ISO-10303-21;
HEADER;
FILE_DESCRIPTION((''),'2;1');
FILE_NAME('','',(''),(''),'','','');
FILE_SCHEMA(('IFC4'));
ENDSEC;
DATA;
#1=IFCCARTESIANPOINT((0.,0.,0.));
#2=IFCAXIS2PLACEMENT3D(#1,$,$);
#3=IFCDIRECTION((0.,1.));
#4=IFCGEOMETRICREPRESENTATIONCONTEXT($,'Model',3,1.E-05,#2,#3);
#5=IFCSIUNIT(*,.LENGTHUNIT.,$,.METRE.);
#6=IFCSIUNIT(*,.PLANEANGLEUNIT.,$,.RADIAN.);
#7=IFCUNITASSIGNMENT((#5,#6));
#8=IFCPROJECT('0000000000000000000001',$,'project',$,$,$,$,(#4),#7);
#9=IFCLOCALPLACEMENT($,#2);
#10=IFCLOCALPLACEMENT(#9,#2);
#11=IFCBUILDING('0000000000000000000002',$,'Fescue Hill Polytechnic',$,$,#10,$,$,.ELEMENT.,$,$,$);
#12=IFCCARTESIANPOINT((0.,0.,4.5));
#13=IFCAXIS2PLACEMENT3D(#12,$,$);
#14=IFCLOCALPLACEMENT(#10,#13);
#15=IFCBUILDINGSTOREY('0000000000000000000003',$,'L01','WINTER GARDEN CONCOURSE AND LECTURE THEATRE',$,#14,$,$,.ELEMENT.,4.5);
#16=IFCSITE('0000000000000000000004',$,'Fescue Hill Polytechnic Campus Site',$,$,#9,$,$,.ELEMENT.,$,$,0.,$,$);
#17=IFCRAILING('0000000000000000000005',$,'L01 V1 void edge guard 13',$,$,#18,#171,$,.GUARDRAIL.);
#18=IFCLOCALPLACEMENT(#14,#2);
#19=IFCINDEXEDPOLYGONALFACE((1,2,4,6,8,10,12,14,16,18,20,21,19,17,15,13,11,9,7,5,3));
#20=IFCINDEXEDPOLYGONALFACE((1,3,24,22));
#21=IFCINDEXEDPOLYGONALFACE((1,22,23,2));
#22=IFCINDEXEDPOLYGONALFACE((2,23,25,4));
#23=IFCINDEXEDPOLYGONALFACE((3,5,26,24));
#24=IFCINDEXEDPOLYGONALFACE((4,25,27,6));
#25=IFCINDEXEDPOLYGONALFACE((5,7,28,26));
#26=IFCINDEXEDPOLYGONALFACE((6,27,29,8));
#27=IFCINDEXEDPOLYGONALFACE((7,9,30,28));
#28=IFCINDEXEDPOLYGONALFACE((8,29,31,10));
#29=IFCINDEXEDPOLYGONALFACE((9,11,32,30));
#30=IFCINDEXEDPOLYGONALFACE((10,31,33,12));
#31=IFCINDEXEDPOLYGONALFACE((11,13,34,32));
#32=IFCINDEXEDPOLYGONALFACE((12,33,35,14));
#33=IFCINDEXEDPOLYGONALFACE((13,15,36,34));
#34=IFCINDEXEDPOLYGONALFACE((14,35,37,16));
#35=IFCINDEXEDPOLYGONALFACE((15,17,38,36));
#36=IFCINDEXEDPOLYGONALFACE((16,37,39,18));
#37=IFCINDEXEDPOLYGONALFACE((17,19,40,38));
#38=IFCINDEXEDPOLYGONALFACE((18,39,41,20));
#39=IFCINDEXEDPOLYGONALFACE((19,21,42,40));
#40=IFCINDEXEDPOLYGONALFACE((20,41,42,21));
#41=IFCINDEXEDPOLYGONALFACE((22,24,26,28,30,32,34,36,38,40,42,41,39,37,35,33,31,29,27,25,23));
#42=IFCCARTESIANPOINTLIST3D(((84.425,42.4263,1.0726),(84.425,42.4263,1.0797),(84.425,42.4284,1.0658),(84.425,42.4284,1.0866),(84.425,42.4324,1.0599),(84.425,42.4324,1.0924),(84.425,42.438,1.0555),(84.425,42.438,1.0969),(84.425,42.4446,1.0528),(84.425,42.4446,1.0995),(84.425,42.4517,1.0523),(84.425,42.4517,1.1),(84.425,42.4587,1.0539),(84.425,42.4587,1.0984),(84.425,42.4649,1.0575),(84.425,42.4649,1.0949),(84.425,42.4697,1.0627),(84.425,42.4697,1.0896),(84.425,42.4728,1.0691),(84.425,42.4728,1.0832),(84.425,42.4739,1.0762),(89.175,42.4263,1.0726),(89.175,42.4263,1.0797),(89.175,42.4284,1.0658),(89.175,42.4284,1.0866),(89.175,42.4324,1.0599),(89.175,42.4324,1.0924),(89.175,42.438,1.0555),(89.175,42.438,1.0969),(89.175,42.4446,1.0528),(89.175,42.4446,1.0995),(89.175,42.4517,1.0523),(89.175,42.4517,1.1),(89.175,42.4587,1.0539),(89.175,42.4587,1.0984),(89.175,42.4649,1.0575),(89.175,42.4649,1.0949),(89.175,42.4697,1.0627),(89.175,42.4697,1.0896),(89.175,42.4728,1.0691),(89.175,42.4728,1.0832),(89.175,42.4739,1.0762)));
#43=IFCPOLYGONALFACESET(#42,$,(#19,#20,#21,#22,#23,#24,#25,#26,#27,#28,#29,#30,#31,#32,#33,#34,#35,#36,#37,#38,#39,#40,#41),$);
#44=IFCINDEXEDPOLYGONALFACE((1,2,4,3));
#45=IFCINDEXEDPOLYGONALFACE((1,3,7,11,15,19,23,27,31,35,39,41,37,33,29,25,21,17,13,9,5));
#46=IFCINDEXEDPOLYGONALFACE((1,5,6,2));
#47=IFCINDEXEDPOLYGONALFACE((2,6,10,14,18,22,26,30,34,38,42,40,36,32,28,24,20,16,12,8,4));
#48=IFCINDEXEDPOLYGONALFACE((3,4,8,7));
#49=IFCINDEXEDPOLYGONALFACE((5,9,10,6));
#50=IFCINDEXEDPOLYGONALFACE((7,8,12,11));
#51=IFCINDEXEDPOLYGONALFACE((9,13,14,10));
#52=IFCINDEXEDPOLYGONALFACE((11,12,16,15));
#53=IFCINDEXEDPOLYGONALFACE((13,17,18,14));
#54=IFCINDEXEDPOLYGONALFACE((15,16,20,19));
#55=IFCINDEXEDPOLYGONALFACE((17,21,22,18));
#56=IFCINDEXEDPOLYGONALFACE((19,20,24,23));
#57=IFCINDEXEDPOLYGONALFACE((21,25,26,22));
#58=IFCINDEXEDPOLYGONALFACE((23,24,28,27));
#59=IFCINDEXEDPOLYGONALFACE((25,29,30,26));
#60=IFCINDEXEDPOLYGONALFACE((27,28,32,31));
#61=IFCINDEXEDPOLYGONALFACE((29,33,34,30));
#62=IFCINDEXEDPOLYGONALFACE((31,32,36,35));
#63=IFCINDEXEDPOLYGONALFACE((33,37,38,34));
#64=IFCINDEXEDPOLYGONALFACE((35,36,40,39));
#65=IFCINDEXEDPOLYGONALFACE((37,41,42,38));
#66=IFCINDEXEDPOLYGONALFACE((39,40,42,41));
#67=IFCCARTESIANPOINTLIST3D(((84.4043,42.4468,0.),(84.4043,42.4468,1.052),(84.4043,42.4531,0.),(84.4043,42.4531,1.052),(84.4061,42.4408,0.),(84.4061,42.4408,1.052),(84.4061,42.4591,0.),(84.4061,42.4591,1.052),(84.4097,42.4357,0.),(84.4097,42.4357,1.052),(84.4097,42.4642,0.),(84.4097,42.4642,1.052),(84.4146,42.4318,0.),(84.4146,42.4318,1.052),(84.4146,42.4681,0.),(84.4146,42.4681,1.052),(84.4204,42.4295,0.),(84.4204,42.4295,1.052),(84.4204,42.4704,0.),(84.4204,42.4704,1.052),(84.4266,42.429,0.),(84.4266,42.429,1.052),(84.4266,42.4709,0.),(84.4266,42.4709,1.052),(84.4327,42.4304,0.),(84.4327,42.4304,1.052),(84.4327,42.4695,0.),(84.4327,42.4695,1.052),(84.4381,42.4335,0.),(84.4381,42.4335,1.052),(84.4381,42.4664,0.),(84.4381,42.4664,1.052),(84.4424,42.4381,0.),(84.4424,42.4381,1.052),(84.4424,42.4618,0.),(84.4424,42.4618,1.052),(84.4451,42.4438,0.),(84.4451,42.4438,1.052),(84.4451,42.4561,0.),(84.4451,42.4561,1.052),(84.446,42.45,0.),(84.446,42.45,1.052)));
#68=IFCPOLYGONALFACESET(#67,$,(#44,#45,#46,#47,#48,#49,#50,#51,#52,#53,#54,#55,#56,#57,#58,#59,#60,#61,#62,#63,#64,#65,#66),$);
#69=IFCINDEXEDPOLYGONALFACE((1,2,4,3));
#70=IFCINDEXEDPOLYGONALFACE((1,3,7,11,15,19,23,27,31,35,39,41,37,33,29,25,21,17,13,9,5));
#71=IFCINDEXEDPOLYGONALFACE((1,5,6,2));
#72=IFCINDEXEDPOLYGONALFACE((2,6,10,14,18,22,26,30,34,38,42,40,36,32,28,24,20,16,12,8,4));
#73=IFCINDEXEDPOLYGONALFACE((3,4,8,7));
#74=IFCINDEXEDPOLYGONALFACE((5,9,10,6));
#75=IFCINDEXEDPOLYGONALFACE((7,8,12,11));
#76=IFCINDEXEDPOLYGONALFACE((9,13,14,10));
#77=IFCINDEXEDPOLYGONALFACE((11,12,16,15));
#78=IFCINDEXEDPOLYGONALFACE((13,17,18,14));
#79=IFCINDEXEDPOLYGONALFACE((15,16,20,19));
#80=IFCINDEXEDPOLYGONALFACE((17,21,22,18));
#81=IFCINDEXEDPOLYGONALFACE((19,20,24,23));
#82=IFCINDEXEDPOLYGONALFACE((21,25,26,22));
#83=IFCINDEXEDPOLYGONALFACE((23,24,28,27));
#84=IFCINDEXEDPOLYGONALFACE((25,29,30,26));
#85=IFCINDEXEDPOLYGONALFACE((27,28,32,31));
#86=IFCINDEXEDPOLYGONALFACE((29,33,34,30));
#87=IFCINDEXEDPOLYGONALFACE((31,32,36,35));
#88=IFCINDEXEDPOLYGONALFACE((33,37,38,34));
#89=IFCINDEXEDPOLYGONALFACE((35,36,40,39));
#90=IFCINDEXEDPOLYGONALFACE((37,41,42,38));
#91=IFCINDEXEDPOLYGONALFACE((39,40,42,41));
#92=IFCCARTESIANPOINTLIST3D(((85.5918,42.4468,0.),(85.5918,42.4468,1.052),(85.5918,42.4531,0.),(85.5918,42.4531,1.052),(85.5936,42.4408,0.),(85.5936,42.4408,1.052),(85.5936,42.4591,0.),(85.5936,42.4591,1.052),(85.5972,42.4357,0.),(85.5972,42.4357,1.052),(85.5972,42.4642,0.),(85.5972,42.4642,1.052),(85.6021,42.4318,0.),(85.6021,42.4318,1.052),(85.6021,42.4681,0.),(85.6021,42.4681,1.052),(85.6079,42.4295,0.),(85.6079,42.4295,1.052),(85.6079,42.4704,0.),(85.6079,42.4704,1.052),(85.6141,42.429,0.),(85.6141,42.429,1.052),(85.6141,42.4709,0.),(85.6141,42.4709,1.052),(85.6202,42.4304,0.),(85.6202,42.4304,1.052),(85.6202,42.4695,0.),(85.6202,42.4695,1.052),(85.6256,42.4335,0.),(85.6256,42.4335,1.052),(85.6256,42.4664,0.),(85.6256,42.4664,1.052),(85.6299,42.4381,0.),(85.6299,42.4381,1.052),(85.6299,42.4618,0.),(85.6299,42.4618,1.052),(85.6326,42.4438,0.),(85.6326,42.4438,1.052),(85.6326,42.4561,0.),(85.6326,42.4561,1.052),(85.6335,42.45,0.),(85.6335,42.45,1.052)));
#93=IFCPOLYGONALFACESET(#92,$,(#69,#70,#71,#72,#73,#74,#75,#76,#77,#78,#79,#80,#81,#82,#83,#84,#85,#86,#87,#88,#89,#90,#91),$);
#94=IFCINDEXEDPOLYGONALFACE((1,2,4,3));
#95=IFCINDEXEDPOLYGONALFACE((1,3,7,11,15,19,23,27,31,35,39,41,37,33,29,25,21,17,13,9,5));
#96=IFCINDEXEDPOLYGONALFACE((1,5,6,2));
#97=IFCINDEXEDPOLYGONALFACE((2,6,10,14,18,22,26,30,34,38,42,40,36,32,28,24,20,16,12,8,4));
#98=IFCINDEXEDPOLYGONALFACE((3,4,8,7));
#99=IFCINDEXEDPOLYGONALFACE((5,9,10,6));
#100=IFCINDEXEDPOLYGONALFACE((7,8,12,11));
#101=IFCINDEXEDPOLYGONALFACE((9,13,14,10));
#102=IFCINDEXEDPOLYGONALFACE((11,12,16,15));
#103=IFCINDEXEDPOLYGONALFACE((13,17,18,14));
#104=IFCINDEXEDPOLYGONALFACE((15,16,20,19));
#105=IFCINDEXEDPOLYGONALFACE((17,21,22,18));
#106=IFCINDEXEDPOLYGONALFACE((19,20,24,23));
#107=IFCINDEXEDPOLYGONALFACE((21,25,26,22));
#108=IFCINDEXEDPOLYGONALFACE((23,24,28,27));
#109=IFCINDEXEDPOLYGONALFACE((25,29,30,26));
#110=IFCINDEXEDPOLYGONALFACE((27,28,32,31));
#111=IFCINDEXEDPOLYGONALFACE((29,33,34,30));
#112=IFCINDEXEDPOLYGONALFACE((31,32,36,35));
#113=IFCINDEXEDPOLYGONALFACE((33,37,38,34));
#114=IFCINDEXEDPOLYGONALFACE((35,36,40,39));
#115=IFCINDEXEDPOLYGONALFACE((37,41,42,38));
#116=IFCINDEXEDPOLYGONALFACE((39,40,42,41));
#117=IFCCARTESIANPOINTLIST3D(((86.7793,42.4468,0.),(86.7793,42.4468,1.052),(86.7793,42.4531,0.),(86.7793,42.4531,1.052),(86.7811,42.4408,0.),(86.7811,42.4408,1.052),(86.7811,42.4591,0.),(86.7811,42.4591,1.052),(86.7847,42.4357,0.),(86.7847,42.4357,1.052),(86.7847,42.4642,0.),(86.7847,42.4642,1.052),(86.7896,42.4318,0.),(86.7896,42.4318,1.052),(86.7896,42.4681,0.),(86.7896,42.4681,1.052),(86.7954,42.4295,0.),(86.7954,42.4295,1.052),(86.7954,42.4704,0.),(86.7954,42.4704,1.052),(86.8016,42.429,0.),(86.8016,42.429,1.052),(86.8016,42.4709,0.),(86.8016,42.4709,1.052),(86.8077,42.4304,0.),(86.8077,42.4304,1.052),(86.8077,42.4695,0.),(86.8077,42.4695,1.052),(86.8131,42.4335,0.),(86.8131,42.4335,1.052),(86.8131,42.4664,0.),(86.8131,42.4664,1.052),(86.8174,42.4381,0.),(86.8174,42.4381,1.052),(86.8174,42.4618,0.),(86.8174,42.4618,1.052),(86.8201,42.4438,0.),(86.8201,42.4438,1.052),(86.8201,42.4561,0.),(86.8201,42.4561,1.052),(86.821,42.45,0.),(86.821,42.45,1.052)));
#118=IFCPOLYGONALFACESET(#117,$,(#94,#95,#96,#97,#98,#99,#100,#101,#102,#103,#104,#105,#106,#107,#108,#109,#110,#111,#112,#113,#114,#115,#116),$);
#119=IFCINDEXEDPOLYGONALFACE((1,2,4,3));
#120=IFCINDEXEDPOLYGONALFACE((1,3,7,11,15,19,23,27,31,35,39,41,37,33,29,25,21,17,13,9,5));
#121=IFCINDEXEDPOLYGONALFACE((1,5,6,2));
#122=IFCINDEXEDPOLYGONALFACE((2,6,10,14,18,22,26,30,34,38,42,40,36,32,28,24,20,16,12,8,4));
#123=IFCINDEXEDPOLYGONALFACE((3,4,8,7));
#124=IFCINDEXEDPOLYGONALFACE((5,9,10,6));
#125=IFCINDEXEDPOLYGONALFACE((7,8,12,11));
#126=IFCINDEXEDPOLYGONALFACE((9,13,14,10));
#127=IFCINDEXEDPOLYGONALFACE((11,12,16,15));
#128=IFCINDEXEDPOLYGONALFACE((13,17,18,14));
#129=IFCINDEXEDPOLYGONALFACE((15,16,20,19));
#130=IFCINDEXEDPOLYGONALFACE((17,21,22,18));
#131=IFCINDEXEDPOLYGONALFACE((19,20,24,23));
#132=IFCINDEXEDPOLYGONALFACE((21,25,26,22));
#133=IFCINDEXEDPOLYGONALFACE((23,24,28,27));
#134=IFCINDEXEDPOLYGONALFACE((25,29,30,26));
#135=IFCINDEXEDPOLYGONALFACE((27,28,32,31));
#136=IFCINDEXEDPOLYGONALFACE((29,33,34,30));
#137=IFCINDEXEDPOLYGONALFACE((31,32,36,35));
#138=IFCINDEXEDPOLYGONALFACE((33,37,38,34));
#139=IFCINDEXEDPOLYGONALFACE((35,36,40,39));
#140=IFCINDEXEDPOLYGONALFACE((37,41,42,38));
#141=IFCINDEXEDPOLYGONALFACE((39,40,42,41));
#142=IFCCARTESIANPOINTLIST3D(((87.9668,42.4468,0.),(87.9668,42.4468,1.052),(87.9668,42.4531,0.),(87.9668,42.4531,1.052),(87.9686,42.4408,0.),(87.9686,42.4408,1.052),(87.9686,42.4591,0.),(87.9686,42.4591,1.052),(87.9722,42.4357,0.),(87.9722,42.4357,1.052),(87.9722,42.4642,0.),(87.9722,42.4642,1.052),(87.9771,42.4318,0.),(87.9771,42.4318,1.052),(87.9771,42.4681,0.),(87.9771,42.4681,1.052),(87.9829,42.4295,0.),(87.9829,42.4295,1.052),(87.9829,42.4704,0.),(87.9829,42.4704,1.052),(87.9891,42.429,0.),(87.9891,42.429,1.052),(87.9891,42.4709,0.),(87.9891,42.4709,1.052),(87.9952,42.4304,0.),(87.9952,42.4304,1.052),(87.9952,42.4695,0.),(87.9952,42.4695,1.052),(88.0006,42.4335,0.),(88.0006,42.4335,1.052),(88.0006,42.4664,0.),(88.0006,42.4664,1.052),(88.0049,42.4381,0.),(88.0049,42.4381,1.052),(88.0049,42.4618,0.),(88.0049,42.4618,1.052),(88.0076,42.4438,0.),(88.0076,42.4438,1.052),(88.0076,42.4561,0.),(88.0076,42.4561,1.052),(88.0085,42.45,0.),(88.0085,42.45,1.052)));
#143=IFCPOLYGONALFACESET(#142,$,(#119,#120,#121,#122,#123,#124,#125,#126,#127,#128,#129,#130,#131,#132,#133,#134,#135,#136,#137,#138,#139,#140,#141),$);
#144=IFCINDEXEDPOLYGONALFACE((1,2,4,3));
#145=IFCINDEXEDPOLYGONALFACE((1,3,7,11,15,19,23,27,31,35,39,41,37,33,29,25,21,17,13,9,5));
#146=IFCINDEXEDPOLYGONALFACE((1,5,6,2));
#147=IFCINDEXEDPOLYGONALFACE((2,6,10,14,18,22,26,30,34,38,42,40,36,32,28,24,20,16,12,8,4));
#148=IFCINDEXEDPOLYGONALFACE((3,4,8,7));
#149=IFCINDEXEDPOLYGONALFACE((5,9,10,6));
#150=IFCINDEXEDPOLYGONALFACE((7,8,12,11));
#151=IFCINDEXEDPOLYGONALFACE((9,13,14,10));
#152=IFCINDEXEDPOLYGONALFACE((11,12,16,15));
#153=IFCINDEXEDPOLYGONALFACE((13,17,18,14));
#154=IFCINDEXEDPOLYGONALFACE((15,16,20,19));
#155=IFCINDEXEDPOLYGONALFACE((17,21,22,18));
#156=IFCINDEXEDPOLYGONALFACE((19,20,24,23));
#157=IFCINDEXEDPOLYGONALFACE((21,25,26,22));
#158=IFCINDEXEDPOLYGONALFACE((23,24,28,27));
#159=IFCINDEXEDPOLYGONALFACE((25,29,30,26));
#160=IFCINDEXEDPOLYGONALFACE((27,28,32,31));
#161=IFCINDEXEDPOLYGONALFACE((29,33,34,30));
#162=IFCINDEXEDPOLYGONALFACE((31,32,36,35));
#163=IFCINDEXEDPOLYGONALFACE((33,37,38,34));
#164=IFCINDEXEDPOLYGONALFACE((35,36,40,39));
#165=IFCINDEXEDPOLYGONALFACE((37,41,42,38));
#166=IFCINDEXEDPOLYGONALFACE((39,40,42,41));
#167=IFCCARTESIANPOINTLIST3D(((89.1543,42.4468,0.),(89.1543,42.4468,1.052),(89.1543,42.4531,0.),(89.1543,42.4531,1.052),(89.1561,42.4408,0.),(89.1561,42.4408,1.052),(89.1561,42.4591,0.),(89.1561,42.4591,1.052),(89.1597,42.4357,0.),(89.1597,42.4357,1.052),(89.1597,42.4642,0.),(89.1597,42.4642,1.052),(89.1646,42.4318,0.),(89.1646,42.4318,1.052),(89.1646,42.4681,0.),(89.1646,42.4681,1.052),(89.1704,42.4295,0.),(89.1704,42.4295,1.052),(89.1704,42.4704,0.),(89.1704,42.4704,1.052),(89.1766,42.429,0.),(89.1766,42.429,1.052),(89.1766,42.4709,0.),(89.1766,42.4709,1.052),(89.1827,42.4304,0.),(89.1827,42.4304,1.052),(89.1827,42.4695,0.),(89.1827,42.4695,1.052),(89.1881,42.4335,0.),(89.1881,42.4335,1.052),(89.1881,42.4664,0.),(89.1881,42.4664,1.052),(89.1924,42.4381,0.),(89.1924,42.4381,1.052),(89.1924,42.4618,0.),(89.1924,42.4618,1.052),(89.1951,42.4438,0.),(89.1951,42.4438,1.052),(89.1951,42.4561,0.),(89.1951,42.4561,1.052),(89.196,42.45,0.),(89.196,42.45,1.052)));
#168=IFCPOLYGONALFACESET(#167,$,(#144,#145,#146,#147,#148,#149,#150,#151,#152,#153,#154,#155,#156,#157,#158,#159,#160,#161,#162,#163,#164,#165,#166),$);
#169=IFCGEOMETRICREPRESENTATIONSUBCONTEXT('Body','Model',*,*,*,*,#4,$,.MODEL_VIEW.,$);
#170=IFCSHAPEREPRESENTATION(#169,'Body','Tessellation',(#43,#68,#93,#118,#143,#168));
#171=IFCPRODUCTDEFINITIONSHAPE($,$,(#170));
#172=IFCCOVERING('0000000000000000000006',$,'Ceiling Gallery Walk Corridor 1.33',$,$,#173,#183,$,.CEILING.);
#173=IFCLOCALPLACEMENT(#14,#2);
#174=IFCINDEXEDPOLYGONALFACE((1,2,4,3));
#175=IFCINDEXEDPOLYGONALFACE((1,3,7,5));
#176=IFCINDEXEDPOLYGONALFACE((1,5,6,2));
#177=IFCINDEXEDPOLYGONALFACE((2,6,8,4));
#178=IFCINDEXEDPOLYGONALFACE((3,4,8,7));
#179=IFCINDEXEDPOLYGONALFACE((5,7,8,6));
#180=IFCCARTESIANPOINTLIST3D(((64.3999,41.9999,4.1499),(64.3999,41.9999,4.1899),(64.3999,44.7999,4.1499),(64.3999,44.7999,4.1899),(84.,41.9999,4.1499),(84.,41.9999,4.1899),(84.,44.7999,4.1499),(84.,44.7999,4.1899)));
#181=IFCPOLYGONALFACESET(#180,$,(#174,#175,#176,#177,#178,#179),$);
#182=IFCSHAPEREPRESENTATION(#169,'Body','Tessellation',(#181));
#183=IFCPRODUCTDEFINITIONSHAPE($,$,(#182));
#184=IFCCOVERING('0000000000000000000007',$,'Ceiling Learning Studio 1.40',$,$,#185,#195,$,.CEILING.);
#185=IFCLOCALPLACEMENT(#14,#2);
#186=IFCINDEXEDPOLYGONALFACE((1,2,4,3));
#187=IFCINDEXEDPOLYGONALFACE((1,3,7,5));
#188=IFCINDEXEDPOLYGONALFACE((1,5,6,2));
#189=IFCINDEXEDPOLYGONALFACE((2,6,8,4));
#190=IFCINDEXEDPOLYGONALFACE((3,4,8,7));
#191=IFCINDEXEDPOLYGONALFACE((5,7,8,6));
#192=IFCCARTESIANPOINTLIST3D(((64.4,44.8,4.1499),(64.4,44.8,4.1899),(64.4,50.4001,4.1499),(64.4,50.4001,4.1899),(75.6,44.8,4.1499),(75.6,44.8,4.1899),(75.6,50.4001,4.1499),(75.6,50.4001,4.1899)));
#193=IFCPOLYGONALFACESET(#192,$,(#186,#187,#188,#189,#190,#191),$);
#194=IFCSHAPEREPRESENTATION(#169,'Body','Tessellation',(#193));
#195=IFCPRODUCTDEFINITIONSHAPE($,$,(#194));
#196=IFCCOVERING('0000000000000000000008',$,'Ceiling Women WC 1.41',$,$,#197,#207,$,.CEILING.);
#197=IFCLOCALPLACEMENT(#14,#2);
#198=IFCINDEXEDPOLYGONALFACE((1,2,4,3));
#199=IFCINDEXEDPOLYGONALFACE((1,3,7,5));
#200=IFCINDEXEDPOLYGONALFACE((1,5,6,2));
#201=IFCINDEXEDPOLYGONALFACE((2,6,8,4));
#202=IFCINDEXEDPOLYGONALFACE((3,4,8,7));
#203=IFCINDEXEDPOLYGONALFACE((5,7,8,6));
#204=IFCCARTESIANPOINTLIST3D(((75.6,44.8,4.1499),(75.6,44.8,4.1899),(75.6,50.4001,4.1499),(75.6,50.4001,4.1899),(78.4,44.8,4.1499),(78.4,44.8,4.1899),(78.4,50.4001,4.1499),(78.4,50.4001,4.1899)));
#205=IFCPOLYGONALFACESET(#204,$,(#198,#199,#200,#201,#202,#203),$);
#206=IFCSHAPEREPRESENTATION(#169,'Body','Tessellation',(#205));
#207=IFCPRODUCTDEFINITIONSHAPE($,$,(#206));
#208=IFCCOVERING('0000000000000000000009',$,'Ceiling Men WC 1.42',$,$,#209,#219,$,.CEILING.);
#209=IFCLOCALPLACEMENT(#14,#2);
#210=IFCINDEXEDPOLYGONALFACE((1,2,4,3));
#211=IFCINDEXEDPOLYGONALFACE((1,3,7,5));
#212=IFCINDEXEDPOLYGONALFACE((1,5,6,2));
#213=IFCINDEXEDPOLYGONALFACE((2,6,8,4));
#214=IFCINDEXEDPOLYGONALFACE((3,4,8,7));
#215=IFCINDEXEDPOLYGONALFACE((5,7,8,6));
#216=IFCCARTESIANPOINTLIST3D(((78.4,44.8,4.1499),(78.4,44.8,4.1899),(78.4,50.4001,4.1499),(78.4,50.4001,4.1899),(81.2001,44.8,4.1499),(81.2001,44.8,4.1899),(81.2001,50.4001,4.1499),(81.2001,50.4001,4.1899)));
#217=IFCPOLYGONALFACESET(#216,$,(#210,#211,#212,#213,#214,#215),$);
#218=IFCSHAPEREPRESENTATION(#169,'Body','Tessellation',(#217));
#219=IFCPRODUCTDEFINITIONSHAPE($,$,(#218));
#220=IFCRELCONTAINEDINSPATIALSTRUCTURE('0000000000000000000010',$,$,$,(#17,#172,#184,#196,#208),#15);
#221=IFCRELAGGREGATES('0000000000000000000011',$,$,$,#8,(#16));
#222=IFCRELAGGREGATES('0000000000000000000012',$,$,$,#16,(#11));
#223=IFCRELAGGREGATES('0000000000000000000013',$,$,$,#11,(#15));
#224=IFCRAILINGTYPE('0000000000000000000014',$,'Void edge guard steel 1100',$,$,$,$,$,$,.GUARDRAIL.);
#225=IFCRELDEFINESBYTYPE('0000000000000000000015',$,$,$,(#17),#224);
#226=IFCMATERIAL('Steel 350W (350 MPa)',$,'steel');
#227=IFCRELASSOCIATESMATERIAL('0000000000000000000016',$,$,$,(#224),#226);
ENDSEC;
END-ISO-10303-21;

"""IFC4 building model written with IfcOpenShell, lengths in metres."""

from ifc_helpers import new_model, si_unit, direction, frame, origin, origin_2d, place, context, subcontext, project, spatial, rectangle, circle, extrude, material, type_object, element, save


model = new_model("IFC4")

# Units and contexts
model_context = context("Model", 3, precision=1e-05, world=origin(), true_north=direction((0.0, 1.0)))
body_context = subcontext(model_context, "Body", "Model", "MODEL_VIEW")
ifc_project = project(units=[si_unit("LENGTHUNIT", "METRE"), si_unit("PLANEANGLEUNIT", "RADIAN")], contexts=[model_context])

# Site, building, storey
site_placement = place(None, origin())
site = spatial("IfcSite", under=ifc_project, at=site_placement, Name="Fescue Hill Polytechnic Campus Site", CompositionType="ELEMENT", RefElevation=0.0)
building_placement = place(site_placement, origin())
building = spatial("IfcBuilding", under=site, at=building_placement, Name="Fescue Hill Polytechnic", CompositionType="ELEMENT")
storey_placement = place(building_placement, frame((0.0, 0.0, 4.5)))
storey = spatial("IfcBuildingStorey", under=building, at=storey_placement, Name="L01", Description="WINTER GARDEN CONCOURSE AND LECTURE THEATRE", CompositionType="ELEMENT", Elevation=4.5)

# Shared definitions
ifc_material_1 = material(Name="Steel 350W (350 MPa)", Category="steel")

# Railing
railing_type_1 = type_object("IfcRailingType", Name="Void edge guard steel 1100", PredefinedType="GUARDRAIL", material=ifc_material_1)
railing_1_placement = place(storey_placement, frame((84.425, 42.45, 0.0)))
element("IfcRailing", 1, at=railing_1_placement, inside=storey, type_object=railing_type_1, Name="L01 V1 void edge guard 13", PredefinedType="GUARDRAIL", context=body_context, shape_type="SweptSolid", body=[
    extrude(circle(Radius=0.0239, at=origin_2d()), frame((0.0, 0.0, 1.0762), z_axis=(1.0, 0.0, 0.0), x_axis=(0.0, 1.0, 0.0)), (0.0, 0.0, 1.0), 4.75),
    extrude(circle(Radius=0.021, at=origin_2d()), origin(), (0.0, 0.0, 1.0), 1.052),
    extrude(circle(Radius=0.021, at=origin_2d()), frame((1.1875, 0.0, 0.0)), (0.0, 0.0, 1.0), 1.052),
    extrude(circle(Radius=0.021, at=origin_2d()), frame((2.375, 0.0, 0.0)), (0.0, 0.0, 1.0), 1.052),
    extrude(circle(Radius=0.021, at=origin_2d()), frame((3.5625, 0.0, 0.0)), (0.0, 0.0, 1.0), 1.052),
    extrude(circle(Radius=0.021, at=origin_2d()), frame((4.75, 0.0, 0.0)), (0.0, 0.0, 1.0), 1.052),
])

# Coverings
covering_1_placement = place(storey_placement, frame((74.2, 43.3999, 4.1499), z_axis=(0.0, 0.0, 1.0), x_axis=(1.0, 0.0, 0.0)))
element("IfcCovering", 2, at=covering_1_placement, inside=storey, Name="Ceiling Gallery Walk Corridor 1.33", PredefinedType="CEILING", context=body_context, shape_type="SweptSolid", body=[
    extrude(rectangle(XDim=19.6001, YDim=2.8, at=origin_2d()), origin(), (0.0, 0.0, 1.0), 0.04),
])
covering_2_placement = place(storey_placement, frame((70.0, 47.6001, 4.1499), z_axis=(0.0, 0.0, 1.0), x_axis=(1.0, 0.0, 0.0)))
element("IfcCovering", 3, at=covering_2_placement, inside=storey, Name="Ceiling Learning Studio 1.40", PredefinedType="CEILING", context=body_context, shape_type="SweptSolid", body=[
    extrude(rectangle(XDim=11.2, YDim=5.6001, at=origin_2d()), origin(), (0.0, 0.0, 1.0), 0.04),
])
for number, where, z_axis, x_axis, name in (
    (4, (77.0, 47.6001, 4.1499), (0.0, 0.0, 1.0), (1.0, 0.0, 0.0), "Ceiling Women WC 1.41"),
    (5, (79.8, 47.6001, 4.1499), (0.0, 0.0, 1.0), (1.0, 0.0, 0.0), "Ceiling Men WC 1.42"),
):
    element("IfcCovering", number, at=place(storey_placement, frame(where, z_axis=z_axis, x_axis=x_axis)), inside=storey, Name=name, PredefinedType="CEILING", context=body_context, shape_type="SweptSolid", body=[
        extrude(rectangle(XDim=2.8, YDim=5.6001, at=origin_2d()), origin(), (0.0, 0.0, 1.0), 0.04),
    ])

save(model, "model.ifc")
